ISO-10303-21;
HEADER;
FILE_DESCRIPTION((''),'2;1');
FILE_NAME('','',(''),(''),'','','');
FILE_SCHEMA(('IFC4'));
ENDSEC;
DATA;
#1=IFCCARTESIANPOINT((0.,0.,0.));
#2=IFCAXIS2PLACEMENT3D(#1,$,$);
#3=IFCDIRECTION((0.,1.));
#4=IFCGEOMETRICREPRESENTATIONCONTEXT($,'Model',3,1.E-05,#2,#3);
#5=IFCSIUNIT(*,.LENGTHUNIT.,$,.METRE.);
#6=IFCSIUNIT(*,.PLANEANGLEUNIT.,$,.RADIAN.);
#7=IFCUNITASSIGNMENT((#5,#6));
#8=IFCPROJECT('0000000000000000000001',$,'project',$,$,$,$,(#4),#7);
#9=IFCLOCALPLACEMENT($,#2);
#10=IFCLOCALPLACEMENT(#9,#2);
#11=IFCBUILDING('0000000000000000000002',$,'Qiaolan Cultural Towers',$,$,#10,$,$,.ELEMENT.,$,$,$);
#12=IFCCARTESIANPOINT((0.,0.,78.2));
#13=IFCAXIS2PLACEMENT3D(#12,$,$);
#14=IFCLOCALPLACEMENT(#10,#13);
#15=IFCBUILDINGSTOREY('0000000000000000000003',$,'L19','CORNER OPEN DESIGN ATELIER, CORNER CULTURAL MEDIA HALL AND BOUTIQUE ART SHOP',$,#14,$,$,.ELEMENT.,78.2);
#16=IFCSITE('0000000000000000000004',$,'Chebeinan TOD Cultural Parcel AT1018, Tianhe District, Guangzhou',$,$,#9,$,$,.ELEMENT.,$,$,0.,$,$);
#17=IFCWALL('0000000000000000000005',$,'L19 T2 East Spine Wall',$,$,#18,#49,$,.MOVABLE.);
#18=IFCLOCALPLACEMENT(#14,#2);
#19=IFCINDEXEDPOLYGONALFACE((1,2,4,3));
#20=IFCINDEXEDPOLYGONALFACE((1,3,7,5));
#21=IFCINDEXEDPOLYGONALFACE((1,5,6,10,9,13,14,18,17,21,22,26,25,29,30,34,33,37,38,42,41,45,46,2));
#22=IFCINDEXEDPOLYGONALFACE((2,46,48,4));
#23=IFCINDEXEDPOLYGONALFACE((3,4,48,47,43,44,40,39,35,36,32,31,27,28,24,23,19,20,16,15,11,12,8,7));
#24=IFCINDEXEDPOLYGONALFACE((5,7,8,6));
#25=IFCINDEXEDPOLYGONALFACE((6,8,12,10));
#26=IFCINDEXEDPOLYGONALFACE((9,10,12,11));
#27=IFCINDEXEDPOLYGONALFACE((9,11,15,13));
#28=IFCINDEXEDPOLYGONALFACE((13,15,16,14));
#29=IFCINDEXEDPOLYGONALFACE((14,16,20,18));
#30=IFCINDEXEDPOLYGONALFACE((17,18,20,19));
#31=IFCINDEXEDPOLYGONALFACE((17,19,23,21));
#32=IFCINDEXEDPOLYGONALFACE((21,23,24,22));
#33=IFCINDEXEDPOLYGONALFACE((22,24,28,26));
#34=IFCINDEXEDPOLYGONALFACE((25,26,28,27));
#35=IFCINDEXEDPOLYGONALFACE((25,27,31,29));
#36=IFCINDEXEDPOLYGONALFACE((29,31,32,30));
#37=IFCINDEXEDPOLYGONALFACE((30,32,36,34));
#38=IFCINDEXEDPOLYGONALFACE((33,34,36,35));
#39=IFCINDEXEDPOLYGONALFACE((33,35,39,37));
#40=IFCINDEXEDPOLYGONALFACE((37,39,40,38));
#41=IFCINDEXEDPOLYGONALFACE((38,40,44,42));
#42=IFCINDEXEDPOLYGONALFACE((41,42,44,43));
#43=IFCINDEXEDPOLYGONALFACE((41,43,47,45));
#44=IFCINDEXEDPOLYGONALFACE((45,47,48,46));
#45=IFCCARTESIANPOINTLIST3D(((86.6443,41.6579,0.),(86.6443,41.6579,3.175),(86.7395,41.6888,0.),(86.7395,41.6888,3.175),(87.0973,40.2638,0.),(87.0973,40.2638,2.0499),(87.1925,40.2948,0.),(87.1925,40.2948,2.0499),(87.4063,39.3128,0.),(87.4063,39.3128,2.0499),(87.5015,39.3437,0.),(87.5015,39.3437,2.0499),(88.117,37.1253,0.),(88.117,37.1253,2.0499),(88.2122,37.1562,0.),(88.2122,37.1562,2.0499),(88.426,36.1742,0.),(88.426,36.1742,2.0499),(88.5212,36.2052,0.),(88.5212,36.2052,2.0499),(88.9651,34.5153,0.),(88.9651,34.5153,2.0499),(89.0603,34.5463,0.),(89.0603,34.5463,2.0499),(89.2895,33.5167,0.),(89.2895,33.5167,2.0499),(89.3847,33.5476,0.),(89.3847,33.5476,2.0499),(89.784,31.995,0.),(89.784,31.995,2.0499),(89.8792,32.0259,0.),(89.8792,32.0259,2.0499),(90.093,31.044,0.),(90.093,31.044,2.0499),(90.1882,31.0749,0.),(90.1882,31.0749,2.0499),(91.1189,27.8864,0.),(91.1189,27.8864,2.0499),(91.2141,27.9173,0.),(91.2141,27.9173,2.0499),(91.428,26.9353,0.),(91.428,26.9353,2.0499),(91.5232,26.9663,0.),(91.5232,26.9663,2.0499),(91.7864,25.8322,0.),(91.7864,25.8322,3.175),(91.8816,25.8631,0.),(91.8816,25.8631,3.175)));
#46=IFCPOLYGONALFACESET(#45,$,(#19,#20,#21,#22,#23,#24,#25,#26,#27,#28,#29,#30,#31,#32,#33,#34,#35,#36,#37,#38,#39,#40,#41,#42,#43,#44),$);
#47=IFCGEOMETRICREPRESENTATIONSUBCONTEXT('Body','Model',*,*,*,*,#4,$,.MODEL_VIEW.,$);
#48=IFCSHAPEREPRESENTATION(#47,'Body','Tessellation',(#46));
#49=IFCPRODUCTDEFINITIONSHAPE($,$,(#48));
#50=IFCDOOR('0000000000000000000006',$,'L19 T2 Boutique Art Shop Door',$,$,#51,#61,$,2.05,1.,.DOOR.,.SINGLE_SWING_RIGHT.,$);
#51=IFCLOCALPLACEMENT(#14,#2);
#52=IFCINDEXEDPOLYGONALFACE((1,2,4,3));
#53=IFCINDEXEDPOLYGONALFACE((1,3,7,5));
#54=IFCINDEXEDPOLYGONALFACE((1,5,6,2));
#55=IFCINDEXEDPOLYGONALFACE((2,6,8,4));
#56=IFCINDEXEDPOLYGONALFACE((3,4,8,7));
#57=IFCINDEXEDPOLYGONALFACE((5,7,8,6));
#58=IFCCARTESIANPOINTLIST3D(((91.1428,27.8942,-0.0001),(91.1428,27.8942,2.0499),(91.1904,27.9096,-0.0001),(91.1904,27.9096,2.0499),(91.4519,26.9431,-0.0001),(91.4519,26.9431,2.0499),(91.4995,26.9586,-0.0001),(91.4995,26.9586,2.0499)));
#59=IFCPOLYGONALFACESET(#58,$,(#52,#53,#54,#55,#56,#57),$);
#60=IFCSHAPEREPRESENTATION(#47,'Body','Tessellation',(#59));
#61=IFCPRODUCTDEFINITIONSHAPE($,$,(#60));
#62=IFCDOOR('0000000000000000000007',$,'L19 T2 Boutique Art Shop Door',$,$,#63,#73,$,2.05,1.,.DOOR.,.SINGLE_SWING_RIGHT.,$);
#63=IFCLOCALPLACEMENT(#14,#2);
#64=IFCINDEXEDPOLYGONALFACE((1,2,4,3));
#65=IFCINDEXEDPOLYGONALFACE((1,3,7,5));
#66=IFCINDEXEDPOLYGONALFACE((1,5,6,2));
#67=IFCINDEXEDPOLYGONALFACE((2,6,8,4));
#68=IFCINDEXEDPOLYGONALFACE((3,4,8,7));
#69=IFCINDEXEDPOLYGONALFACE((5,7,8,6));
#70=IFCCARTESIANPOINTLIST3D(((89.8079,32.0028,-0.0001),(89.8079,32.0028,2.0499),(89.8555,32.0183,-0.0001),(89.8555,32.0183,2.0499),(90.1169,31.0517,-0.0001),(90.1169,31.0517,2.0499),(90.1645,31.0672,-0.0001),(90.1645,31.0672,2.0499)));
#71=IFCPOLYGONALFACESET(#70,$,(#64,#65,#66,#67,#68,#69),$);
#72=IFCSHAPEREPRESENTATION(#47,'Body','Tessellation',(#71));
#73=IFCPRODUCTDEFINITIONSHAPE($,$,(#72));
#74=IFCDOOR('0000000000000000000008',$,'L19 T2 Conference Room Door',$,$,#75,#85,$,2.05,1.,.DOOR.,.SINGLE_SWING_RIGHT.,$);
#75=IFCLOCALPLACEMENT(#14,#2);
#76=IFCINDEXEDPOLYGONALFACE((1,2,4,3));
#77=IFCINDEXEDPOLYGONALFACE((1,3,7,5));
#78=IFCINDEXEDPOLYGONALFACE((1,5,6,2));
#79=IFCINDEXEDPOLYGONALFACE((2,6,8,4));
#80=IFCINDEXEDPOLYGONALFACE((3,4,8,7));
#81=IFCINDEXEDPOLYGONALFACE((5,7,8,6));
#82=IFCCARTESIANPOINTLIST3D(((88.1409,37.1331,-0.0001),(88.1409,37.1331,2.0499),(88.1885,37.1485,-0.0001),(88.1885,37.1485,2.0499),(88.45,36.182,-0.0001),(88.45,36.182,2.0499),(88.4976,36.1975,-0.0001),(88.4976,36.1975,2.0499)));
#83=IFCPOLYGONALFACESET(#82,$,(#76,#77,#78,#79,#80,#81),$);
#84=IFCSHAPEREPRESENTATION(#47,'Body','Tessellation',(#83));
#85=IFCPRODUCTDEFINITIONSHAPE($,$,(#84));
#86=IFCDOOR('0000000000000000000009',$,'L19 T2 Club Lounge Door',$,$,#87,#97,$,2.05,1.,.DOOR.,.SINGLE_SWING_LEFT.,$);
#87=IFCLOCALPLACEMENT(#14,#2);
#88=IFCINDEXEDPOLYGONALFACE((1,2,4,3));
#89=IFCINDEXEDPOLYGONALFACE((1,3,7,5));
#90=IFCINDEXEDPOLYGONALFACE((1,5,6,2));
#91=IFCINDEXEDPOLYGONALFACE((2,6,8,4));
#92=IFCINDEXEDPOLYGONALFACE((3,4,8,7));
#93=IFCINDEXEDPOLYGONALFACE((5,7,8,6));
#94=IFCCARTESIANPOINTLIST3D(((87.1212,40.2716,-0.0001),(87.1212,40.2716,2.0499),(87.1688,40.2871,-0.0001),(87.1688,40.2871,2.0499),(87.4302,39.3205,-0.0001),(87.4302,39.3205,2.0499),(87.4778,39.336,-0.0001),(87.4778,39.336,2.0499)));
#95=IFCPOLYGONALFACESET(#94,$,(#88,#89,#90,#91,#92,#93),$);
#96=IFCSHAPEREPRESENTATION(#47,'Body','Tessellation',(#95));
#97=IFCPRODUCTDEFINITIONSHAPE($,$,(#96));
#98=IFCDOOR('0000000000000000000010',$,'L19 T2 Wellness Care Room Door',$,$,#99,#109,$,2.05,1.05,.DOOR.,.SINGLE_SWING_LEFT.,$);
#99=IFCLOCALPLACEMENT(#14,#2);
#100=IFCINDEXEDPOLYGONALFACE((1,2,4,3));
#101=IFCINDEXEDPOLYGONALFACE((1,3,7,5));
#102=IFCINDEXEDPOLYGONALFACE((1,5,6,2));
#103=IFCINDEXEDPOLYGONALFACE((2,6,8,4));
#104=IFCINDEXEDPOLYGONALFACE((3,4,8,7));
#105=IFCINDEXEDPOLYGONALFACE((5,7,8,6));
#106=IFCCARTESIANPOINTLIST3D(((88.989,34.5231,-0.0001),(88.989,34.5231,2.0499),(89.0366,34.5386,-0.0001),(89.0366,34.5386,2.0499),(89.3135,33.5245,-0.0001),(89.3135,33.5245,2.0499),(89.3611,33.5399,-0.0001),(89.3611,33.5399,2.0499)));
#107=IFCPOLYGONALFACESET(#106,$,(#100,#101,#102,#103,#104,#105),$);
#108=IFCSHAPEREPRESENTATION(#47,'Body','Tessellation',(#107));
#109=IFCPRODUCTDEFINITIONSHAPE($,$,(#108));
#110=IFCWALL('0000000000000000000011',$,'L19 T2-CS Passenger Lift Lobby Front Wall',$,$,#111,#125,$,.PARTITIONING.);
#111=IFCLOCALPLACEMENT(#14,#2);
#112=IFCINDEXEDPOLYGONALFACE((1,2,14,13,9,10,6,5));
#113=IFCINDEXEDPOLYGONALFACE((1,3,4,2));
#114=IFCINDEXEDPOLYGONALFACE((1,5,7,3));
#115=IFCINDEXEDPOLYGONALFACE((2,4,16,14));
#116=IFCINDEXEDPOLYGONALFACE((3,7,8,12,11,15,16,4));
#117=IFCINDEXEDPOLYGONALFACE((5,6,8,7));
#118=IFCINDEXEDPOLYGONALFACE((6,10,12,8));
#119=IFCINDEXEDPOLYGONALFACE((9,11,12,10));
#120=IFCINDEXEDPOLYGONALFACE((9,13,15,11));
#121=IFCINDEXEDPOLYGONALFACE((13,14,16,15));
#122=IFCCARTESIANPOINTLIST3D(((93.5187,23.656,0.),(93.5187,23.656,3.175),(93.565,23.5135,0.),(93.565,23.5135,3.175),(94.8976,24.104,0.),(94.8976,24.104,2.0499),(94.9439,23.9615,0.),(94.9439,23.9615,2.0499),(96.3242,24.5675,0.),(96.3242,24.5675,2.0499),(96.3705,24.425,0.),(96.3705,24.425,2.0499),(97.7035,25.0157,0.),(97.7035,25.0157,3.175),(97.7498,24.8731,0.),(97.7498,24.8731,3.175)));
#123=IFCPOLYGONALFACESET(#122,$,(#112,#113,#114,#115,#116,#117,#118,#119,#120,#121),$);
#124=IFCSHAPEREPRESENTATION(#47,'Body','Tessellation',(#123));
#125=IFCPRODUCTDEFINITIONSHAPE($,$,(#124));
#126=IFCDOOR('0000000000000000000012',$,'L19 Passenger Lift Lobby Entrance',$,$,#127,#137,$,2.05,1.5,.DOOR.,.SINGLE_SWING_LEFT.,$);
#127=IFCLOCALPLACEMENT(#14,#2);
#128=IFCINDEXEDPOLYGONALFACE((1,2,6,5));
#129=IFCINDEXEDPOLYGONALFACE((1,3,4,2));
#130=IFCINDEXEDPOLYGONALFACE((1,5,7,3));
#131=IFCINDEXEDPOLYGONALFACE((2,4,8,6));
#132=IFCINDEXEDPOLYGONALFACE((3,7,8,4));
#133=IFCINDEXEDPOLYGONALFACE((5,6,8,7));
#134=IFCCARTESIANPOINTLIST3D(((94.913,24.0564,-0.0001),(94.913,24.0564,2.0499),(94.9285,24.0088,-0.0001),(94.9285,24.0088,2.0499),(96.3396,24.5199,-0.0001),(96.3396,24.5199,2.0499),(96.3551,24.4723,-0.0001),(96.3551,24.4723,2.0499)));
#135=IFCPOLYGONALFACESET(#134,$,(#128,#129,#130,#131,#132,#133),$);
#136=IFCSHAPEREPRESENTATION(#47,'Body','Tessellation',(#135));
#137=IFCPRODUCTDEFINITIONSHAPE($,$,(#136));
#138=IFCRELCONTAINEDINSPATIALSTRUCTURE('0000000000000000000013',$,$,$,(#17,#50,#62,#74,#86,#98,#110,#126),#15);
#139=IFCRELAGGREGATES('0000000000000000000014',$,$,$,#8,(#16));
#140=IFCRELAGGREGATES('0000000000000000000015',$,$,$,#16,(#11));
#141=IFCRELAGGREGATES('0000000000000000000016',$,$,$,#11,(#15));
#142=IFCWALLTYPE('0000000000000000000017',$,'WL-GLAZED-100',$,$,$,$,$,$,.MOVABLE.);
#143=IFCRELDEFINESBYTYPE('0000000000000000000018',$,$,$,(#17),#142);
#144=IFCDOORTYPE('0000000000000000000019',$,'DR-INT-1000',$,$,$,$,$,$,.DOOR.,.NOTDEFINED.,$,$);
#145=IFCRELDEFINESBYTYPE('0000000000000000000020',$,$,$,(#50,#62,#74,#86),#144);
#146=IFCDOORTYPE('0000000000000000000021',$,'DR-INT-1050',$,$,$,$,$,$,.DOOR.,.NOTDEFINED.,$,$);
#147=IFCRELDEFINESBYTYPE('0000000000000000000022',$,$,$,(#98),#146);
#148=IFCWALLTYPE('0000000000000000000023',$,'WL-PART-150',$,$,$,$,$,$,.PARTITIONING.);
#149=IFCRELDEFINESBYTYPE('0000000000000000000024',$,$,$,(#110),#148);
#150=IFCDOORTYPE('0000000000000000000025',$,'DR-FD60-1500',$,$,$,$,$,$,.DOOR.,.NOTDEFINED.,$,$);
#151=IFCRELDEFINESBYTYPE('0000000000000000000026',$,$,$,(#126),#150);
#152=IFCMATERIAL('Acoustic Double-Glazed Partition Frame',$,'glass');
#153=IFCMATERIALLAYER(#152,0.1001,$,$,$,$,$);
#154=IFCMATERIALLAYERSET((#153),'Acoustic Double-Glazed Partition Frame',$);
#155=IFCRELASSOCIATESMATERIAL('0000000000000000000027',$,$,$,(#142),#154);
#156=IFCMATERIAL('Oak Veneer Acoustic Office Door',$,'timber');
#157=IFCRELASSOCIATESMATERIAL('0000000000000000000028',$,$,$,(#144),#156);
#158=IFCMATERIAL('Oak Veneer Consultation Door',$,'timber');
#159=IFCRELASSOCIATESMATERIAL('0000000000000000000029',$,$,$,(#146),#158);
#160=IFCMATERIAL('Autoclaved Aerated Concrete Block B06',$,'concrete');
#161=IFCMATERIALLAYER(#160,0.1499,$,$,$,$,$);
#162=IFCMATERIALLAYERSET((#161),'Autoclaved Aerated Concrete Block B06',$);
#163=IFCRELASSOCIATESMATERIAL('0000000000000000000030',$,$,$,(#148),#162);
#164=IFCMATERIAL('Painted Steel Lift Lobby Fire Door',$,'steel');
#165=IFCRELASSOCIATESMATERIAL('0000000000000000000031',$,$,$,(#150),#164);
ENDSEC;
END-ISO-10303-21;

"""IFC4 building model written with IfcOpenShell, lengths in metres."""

from ifc_helpers import new_model, si_unit, direction, frame, frame_2d, origin, place, context, subcontext, project, spatial, rectangle, extrude, material, layer, layer_set, type_object, element, fill, save


model = new_model("IFC4")

# Units and contexts
model_context = context("Model", 3, precision=1e-05, world=origin(), true_north=direction((0.0, 1.0)))
body_context = subcontext(model_context, "Body", "Model", "MODEL_VIEW")
ifc_project = project(units=[si_unit("LENGTHUNIT", "METRE"), si_unit("PLANEANGLEUNIT", "RADIAN")], contexts=[model_context])

# Site, building, storey
site_placement = place(None, origin())
site = spatial("IfcSite", under=ifc_project, at=site_placement, Name="Chebeinan TOD Cultural Parcel AT1018, Tianhe District, Guangzhou", CompositionType="ELEMENT", RefElevation=0.0)
building_placement = place(site_placement, origin())
building = spatial("IfcBuilding", under=site, at=building_placement, Name="Qiaolan Cultural Towers", CompositionType="ELEMENT")
storey_placement = place(building_placement, frame((0.0, 0.0, 78.2)))
storey = spatial("IfcBuildingStorey", under=building, at=storey_placement, Name="L19", Description="CORNER OPEN DESIGN ATELIER, CORNER CULTURAL MEDIA HALL AND BOUTIQUE ART SHOP", CompositionType="ELEMENT", Elevation=78.2)

# Shared definitions
ifc_material_1 = material(Name="Acoustic Double-Glazed Partition Frame", Category="glass")
ifc_layer_1 = layer(ifc_material_1, 0.1001)
ifc_layer_set_1 = layer_set([ifc_layer_1], Name="Acoustic Double-Glazed Partition Frame")
wall_type_1 = type_object("IfcWallType", Name="WL-GLAZED-100", PredefinedType="MOVABLE", material=ifc_layer_set_1)

# Wall, openings, doors
wall_1_placement = place(storey_placement, frame((91.834, 25.8477, 0.0), z_axis=(0.0, 0.0, 1.0), x_axis=(-0.309018, 0.951056, 0.0)))
wall_1 = element("IfcWall", 1, at=wall_1_placement, inside=storey, type_object=wall_type_1, Name="L19 T2 East Spine Wall", PredefinedType="MOVABLE", context=body_context, shape_type="SweptSolid", body=[
    extrude(rectangle(XDim=16.6401, YDim=0.1001, at=frame_2d((8.3201, 0.0))), origin(), (0.0, 0.0, 1.0), 3.175),
])
opening_1_placement = place(wall_1_placement, frame((1.1599, 0.0, 0.0)))
opening_1 = element("IfcOpeningElement", 2, at=opening_1_placement, cuts=wall_1, PredefinedType="OPENING", context=body_context, shape_type="SweptSolid", body=[
    extrude(rectangle(XDim=1.0, YDim=2.05, at=frame_2d((0.5, 1.0249))), frame((0.0, 0.0601, 0.0), z_axis=(0.0, -1.0, 0.0), x_axis=(1.0, 0.0, 0.0)), (0.0, 0.0, 1.0), 0.1201),
])
opening_2_placement = place(wall_1_placement, frame((5.48, 0.0, 0.0)))
opening_2 = element("IfcOpeningElement", 3, at=opening_2_placement, cuts=wall_1, PredefinedType="OPENING", context=body_context, shape_type="SweptSolid", body=[
    extrude(rectangle(XDim=1.0, YDim=2.05, at=frame_2d((0.5, 1.0249))), frame((0.0, 0.0601, 0.0), z_axis=(0.0, -1.0, 0.0), x_axis=(1.0, 0.0, 0.0)), (0.0, 0.0, 1.0), 0.1201),
])
opening_3_placement = place(wall_1_placement, frame((8.0801, 0.0, 0.0)))
opening_3 = element("IfcOpeningElement", 4, at=opening_3_placement, cuts=wall_1, PredefinedType="OPENING", context=body_context, shape_type="SweptSolid", body=[
    extrude(rectangle(XDim=1.05, YDim=2.05, at=frame_2d((0.5249, 1.0249))), frame((0.0, 0.0601, 0.0), z_axis=(0.0, -1.0, 0.0), x_axis=(1.0, 0.0, 0.0)), (0.0, 0.0, 1.0), 0.1201),
])
opening_4_placement = place(wall_1_placement, frame((10.8743, 0.0, 0.0)))
opening_4 = element("IfcOpeningElement", 5, at=opening_4_placement, cuts=wall_1, PredefinedType="OPENING", context=body_context, shape_type="SweptSolid", body=[
    extrude(rectangle(XDim=1.0, YDim=2.05, at=frame_2d((0.5, 1.0249))), frame((0.0, 0.0601, 0.0), z_axis=(0.0, -1.0, 0.0), x_axis=(1.0, 0.0, 0.0)), (0.0, 0.0, 1.0), 0.1201),
])
opening_5_placement = place(wall_1_placement, frame((14.1743, 0.0, 0.0)))
opening_5 = element("IfcOpeningElement", 6, at=opening_5_placement, cuts=wall_1, PredefinedType="OPENING", context=body_context, shape_type="SweptSolid", body=[
    extrude(rectangle(XDim=1.0, YDim=2.05, at=frame_2d((0.5, 1.0249))), frame((0.0, 0.0601, 0.0), z_axis=(0.0, -1.0, 0.0), x_axis=(1.0, 0.0, 0.0)), (0.0, 0.0, 1.0), 0.1201),
])
ifc_material_2 = material(Name="Oak Veneer Acoustic Office Door", Category="timber")
door_type_1 = type_object("IfcDoorType", Name="DR-INT-1000", OperationType="NOTDEFINED", PredefinedType="DOOR", material=ifc_material_2)
door_1_placement = place(opening_1_placement, origin())
door_1 = element("IfcDoor", 7, at=door_1_placement, inside=storey, type_object=door_type_1, Name="L19 T2 Boutique Art Shop Door", OperationType="SINGLE_SWING_RIGHT", OverallHeight=2.05, OverallWidth=1.0, PredefinedType="DOOR", context=body_context, shape_type="SweptSolid", body=[
    extrude(rectangle(XDim=1.0, YDim=2.05, at=frame_2d((0.5, 1.0249))), frame((0.0, 0.0249, 0.0), z_axis=(0.0, -1.0, 0.0), x_axis=(1.0, 0.0, 0.0)), (0.0, 0.0, 1.0), 0.05),
])
fill(opening_1, door_1)
door_2_placement = place(opening_2_placement, origin())
door_2 = element("IfcDoor", 8, at=door_2_placement, inside=storey, type_object=door_type_1, Name="L19 T2 Boutique Art Shop Door", OperationType="SINGLE_SWING_RIGHT", OverallHeight=2.05, OverallWidth=1.0, PredefinedType="DOOR", context=body_context, shape_type="SweptSolid", body=[
    extrude(rectangle(XDim=1.0, YDim=2.05, at=frame_2d((0.5, 1.0249))), frame((0.0, 0.0249, 0.0), z_axis=(0.0, -1.0, 0.0), x_axis=(1.0, 0.0, 0.0)), (0.0, 0.0, 1.0), 0.05),
])
fill(opening_2, door_2)
door_3_placement = place(opening_4_placement, origin())
door_3 = element("IfcDoor", 9, at=door_3_placement, inside=storey, type_object=door_type_1, Name="L19 T2 Conference Room Door", OperationType="SINGLE_SWING_RIGHT", OverallHeight=2.05, OverallWidth=1.0, PredefinedType="DOOR", context=body_context, shape_type="SweptSolid", body=[
    extrude(rectangle(XDim=1.0, YDim=2.05, at=frame_2d((0.5, 1.0249))), frame((0.0, 0.0249, 0.0), z_axis=(0.0, -1.0, 0.0), x_axis=(1.0, 0.0, 0.0)), (0.0, 0.0, 1.0), 0.05),
])
fill(opening_4, door_3)
door_4_placement = place(opening_5_placement, origin())
door_4 = element("IfcDoor", 10, at=door_4_placement, inside=storey, type_object=door_type_1, Name="L19 T2 Club Lounge Door", OperationType="SINGLE_SWING_LEFT", OverallHeight=2.05, OverallWidth=1.0, PredefinedType="DOOR", context=body_context, shape_type="SweptSolid", body=[
    extrude(rectangle(XDim=1.0, YDim=2.05, at=frame_2d((0.5, 1.0249))), frame((0.0, 0.0249, 0.0), z_axis=(0.0, -1.0, 0.0), x_axis=(1.0, 0.0, 0.0)), (0.0, 0.0, 1.0), 0.05),
])
fill(opening_5, door_4)
ifc_material_3 = material(Name="Oak Veneer Consultation Door", Category="timber")
door_type_2 = type_object("IfcDoorType", Name="DR-INT-1050", OperationType="NOTDEFINED", PredefinedType="DOOR", material=ifc_material_3)
door_5_placement = place(opening_3_placement, origin())
door_5 = element("IfcDoor", 11, at=door_5_placement, inside=storey, type_object=door_type_2, Name="L19 T2 Wellness Care Room Door", OperationType="SINGLE_SWING_LEFT", OverallHeight=2.05, OverallWidth=1.05, PredefinedType="DOOR", context=body_context, shape_type="SweptSolid", body=[
    extrude(rectangle(XDim=1.05, YDim=2.05, at=frame_2d((0.5249, 1.0249))), frame((0.0, 0.0249, 0.0), z_axis=(0.0, -1.0, 0.0), x_axis=(1.0, 0.0, 0.0)), (0.0, 0.0, 1.0), 0.05),
])
fill(opening_3, door_5)

# Wall, opening, door
ifc_material_4 = material(Name="Autoclaved Aerated Concrete Block B06", Category="concrete")
ifc_layer_2 = layer(ifc_material_4, 0.1499)
ifc_layer_set_2 = layer_set([ifc_layer_2], Name="Autoclaved Aerated Concrete Block B06")
wall_type_2 = type_object("IfcWallType", Name="WL-PART-150", PredefinedType="PARTITIONING", material=ifc_layer_set_2)
wall_2_placement = place(storey_placement, frame((93.5417, 23.5847, 0.0), z_axis=(0.0, 0.0, 1.0), x_axis=(0.951064, 0.308994, 0.0)))
wall_2 = element("IfcWall", 12, at=wall_2_placement, inside=storey, type_object=wall_type_2, Name="L19 T2-CS Passenger Lift Lobby Front Wall", PredefinedType="PARTITIONING", context=body_context, shape_type="SweptSolid", body=[
    extrude(rectangle(XDim=4.4001, YDim=0.1499, at=frame_2d((2.2002, 0.0))), origin(), (0.0, 0.0, 1.0), 3.175),
])
opening_6_placement = place(wall_2_placement, frame((1.45, 0.0, 0.0)))
opening_6 = element("IfcOpeningElement", 13, at=opening_6_placement, cuts=wall_2, PredefinedType="OPENING", context=body_context, shape_type="SweptSolid", body=[
    extrude(rectangle(XDim=1.5, YDim=2.05, at=frame_2d((0.75, 1.0249))), frame((0.0, 0.085, 0.0), z_axis=(0.0, -1.0, 0.0), x_axis=(1.0, 0.0, 0.0)), (0.0, 0.0, 1.0), 0.1699),
])
ifc_material_5 = material(Name="Painted Steel Lift Lobby Fire Door", Category="steel")
door_type_3 = type_object("IfcDoorType", Name="DR-FD60-1500", OperationType="NOTDEFINED", PredefinedType="DOOR", material=ifc_material_5)
door_6_placement = place(opening_6_placement, origin())
door_6 = element("IfcDoor", 14, at=door_6_placement, inside=storey, type_object=door_type_3, Name="L19 Passenger Lift Lobby Entrance", OperationType="SINGLE_SWING_LEFT", OverallHeight=2.05, OverallWidth=1.5, PredefinedType="DOOR", context=body_context, shape_type="SweptSolid", body=[
    extrude(rectangle(XDim=1.5, YDim=2.05, at=frame_2d((0.75, 1.0249))), frame((0.0, 0.0249, 0.0), z_axis=(0.0, -1.0, 0.0), x_axis=(1.0, 0.0, 0.0)), (0.0, 0.0, 1.0), 0.05),
])
fill(opening_6, door_6)

save(model, "model.ifc")
